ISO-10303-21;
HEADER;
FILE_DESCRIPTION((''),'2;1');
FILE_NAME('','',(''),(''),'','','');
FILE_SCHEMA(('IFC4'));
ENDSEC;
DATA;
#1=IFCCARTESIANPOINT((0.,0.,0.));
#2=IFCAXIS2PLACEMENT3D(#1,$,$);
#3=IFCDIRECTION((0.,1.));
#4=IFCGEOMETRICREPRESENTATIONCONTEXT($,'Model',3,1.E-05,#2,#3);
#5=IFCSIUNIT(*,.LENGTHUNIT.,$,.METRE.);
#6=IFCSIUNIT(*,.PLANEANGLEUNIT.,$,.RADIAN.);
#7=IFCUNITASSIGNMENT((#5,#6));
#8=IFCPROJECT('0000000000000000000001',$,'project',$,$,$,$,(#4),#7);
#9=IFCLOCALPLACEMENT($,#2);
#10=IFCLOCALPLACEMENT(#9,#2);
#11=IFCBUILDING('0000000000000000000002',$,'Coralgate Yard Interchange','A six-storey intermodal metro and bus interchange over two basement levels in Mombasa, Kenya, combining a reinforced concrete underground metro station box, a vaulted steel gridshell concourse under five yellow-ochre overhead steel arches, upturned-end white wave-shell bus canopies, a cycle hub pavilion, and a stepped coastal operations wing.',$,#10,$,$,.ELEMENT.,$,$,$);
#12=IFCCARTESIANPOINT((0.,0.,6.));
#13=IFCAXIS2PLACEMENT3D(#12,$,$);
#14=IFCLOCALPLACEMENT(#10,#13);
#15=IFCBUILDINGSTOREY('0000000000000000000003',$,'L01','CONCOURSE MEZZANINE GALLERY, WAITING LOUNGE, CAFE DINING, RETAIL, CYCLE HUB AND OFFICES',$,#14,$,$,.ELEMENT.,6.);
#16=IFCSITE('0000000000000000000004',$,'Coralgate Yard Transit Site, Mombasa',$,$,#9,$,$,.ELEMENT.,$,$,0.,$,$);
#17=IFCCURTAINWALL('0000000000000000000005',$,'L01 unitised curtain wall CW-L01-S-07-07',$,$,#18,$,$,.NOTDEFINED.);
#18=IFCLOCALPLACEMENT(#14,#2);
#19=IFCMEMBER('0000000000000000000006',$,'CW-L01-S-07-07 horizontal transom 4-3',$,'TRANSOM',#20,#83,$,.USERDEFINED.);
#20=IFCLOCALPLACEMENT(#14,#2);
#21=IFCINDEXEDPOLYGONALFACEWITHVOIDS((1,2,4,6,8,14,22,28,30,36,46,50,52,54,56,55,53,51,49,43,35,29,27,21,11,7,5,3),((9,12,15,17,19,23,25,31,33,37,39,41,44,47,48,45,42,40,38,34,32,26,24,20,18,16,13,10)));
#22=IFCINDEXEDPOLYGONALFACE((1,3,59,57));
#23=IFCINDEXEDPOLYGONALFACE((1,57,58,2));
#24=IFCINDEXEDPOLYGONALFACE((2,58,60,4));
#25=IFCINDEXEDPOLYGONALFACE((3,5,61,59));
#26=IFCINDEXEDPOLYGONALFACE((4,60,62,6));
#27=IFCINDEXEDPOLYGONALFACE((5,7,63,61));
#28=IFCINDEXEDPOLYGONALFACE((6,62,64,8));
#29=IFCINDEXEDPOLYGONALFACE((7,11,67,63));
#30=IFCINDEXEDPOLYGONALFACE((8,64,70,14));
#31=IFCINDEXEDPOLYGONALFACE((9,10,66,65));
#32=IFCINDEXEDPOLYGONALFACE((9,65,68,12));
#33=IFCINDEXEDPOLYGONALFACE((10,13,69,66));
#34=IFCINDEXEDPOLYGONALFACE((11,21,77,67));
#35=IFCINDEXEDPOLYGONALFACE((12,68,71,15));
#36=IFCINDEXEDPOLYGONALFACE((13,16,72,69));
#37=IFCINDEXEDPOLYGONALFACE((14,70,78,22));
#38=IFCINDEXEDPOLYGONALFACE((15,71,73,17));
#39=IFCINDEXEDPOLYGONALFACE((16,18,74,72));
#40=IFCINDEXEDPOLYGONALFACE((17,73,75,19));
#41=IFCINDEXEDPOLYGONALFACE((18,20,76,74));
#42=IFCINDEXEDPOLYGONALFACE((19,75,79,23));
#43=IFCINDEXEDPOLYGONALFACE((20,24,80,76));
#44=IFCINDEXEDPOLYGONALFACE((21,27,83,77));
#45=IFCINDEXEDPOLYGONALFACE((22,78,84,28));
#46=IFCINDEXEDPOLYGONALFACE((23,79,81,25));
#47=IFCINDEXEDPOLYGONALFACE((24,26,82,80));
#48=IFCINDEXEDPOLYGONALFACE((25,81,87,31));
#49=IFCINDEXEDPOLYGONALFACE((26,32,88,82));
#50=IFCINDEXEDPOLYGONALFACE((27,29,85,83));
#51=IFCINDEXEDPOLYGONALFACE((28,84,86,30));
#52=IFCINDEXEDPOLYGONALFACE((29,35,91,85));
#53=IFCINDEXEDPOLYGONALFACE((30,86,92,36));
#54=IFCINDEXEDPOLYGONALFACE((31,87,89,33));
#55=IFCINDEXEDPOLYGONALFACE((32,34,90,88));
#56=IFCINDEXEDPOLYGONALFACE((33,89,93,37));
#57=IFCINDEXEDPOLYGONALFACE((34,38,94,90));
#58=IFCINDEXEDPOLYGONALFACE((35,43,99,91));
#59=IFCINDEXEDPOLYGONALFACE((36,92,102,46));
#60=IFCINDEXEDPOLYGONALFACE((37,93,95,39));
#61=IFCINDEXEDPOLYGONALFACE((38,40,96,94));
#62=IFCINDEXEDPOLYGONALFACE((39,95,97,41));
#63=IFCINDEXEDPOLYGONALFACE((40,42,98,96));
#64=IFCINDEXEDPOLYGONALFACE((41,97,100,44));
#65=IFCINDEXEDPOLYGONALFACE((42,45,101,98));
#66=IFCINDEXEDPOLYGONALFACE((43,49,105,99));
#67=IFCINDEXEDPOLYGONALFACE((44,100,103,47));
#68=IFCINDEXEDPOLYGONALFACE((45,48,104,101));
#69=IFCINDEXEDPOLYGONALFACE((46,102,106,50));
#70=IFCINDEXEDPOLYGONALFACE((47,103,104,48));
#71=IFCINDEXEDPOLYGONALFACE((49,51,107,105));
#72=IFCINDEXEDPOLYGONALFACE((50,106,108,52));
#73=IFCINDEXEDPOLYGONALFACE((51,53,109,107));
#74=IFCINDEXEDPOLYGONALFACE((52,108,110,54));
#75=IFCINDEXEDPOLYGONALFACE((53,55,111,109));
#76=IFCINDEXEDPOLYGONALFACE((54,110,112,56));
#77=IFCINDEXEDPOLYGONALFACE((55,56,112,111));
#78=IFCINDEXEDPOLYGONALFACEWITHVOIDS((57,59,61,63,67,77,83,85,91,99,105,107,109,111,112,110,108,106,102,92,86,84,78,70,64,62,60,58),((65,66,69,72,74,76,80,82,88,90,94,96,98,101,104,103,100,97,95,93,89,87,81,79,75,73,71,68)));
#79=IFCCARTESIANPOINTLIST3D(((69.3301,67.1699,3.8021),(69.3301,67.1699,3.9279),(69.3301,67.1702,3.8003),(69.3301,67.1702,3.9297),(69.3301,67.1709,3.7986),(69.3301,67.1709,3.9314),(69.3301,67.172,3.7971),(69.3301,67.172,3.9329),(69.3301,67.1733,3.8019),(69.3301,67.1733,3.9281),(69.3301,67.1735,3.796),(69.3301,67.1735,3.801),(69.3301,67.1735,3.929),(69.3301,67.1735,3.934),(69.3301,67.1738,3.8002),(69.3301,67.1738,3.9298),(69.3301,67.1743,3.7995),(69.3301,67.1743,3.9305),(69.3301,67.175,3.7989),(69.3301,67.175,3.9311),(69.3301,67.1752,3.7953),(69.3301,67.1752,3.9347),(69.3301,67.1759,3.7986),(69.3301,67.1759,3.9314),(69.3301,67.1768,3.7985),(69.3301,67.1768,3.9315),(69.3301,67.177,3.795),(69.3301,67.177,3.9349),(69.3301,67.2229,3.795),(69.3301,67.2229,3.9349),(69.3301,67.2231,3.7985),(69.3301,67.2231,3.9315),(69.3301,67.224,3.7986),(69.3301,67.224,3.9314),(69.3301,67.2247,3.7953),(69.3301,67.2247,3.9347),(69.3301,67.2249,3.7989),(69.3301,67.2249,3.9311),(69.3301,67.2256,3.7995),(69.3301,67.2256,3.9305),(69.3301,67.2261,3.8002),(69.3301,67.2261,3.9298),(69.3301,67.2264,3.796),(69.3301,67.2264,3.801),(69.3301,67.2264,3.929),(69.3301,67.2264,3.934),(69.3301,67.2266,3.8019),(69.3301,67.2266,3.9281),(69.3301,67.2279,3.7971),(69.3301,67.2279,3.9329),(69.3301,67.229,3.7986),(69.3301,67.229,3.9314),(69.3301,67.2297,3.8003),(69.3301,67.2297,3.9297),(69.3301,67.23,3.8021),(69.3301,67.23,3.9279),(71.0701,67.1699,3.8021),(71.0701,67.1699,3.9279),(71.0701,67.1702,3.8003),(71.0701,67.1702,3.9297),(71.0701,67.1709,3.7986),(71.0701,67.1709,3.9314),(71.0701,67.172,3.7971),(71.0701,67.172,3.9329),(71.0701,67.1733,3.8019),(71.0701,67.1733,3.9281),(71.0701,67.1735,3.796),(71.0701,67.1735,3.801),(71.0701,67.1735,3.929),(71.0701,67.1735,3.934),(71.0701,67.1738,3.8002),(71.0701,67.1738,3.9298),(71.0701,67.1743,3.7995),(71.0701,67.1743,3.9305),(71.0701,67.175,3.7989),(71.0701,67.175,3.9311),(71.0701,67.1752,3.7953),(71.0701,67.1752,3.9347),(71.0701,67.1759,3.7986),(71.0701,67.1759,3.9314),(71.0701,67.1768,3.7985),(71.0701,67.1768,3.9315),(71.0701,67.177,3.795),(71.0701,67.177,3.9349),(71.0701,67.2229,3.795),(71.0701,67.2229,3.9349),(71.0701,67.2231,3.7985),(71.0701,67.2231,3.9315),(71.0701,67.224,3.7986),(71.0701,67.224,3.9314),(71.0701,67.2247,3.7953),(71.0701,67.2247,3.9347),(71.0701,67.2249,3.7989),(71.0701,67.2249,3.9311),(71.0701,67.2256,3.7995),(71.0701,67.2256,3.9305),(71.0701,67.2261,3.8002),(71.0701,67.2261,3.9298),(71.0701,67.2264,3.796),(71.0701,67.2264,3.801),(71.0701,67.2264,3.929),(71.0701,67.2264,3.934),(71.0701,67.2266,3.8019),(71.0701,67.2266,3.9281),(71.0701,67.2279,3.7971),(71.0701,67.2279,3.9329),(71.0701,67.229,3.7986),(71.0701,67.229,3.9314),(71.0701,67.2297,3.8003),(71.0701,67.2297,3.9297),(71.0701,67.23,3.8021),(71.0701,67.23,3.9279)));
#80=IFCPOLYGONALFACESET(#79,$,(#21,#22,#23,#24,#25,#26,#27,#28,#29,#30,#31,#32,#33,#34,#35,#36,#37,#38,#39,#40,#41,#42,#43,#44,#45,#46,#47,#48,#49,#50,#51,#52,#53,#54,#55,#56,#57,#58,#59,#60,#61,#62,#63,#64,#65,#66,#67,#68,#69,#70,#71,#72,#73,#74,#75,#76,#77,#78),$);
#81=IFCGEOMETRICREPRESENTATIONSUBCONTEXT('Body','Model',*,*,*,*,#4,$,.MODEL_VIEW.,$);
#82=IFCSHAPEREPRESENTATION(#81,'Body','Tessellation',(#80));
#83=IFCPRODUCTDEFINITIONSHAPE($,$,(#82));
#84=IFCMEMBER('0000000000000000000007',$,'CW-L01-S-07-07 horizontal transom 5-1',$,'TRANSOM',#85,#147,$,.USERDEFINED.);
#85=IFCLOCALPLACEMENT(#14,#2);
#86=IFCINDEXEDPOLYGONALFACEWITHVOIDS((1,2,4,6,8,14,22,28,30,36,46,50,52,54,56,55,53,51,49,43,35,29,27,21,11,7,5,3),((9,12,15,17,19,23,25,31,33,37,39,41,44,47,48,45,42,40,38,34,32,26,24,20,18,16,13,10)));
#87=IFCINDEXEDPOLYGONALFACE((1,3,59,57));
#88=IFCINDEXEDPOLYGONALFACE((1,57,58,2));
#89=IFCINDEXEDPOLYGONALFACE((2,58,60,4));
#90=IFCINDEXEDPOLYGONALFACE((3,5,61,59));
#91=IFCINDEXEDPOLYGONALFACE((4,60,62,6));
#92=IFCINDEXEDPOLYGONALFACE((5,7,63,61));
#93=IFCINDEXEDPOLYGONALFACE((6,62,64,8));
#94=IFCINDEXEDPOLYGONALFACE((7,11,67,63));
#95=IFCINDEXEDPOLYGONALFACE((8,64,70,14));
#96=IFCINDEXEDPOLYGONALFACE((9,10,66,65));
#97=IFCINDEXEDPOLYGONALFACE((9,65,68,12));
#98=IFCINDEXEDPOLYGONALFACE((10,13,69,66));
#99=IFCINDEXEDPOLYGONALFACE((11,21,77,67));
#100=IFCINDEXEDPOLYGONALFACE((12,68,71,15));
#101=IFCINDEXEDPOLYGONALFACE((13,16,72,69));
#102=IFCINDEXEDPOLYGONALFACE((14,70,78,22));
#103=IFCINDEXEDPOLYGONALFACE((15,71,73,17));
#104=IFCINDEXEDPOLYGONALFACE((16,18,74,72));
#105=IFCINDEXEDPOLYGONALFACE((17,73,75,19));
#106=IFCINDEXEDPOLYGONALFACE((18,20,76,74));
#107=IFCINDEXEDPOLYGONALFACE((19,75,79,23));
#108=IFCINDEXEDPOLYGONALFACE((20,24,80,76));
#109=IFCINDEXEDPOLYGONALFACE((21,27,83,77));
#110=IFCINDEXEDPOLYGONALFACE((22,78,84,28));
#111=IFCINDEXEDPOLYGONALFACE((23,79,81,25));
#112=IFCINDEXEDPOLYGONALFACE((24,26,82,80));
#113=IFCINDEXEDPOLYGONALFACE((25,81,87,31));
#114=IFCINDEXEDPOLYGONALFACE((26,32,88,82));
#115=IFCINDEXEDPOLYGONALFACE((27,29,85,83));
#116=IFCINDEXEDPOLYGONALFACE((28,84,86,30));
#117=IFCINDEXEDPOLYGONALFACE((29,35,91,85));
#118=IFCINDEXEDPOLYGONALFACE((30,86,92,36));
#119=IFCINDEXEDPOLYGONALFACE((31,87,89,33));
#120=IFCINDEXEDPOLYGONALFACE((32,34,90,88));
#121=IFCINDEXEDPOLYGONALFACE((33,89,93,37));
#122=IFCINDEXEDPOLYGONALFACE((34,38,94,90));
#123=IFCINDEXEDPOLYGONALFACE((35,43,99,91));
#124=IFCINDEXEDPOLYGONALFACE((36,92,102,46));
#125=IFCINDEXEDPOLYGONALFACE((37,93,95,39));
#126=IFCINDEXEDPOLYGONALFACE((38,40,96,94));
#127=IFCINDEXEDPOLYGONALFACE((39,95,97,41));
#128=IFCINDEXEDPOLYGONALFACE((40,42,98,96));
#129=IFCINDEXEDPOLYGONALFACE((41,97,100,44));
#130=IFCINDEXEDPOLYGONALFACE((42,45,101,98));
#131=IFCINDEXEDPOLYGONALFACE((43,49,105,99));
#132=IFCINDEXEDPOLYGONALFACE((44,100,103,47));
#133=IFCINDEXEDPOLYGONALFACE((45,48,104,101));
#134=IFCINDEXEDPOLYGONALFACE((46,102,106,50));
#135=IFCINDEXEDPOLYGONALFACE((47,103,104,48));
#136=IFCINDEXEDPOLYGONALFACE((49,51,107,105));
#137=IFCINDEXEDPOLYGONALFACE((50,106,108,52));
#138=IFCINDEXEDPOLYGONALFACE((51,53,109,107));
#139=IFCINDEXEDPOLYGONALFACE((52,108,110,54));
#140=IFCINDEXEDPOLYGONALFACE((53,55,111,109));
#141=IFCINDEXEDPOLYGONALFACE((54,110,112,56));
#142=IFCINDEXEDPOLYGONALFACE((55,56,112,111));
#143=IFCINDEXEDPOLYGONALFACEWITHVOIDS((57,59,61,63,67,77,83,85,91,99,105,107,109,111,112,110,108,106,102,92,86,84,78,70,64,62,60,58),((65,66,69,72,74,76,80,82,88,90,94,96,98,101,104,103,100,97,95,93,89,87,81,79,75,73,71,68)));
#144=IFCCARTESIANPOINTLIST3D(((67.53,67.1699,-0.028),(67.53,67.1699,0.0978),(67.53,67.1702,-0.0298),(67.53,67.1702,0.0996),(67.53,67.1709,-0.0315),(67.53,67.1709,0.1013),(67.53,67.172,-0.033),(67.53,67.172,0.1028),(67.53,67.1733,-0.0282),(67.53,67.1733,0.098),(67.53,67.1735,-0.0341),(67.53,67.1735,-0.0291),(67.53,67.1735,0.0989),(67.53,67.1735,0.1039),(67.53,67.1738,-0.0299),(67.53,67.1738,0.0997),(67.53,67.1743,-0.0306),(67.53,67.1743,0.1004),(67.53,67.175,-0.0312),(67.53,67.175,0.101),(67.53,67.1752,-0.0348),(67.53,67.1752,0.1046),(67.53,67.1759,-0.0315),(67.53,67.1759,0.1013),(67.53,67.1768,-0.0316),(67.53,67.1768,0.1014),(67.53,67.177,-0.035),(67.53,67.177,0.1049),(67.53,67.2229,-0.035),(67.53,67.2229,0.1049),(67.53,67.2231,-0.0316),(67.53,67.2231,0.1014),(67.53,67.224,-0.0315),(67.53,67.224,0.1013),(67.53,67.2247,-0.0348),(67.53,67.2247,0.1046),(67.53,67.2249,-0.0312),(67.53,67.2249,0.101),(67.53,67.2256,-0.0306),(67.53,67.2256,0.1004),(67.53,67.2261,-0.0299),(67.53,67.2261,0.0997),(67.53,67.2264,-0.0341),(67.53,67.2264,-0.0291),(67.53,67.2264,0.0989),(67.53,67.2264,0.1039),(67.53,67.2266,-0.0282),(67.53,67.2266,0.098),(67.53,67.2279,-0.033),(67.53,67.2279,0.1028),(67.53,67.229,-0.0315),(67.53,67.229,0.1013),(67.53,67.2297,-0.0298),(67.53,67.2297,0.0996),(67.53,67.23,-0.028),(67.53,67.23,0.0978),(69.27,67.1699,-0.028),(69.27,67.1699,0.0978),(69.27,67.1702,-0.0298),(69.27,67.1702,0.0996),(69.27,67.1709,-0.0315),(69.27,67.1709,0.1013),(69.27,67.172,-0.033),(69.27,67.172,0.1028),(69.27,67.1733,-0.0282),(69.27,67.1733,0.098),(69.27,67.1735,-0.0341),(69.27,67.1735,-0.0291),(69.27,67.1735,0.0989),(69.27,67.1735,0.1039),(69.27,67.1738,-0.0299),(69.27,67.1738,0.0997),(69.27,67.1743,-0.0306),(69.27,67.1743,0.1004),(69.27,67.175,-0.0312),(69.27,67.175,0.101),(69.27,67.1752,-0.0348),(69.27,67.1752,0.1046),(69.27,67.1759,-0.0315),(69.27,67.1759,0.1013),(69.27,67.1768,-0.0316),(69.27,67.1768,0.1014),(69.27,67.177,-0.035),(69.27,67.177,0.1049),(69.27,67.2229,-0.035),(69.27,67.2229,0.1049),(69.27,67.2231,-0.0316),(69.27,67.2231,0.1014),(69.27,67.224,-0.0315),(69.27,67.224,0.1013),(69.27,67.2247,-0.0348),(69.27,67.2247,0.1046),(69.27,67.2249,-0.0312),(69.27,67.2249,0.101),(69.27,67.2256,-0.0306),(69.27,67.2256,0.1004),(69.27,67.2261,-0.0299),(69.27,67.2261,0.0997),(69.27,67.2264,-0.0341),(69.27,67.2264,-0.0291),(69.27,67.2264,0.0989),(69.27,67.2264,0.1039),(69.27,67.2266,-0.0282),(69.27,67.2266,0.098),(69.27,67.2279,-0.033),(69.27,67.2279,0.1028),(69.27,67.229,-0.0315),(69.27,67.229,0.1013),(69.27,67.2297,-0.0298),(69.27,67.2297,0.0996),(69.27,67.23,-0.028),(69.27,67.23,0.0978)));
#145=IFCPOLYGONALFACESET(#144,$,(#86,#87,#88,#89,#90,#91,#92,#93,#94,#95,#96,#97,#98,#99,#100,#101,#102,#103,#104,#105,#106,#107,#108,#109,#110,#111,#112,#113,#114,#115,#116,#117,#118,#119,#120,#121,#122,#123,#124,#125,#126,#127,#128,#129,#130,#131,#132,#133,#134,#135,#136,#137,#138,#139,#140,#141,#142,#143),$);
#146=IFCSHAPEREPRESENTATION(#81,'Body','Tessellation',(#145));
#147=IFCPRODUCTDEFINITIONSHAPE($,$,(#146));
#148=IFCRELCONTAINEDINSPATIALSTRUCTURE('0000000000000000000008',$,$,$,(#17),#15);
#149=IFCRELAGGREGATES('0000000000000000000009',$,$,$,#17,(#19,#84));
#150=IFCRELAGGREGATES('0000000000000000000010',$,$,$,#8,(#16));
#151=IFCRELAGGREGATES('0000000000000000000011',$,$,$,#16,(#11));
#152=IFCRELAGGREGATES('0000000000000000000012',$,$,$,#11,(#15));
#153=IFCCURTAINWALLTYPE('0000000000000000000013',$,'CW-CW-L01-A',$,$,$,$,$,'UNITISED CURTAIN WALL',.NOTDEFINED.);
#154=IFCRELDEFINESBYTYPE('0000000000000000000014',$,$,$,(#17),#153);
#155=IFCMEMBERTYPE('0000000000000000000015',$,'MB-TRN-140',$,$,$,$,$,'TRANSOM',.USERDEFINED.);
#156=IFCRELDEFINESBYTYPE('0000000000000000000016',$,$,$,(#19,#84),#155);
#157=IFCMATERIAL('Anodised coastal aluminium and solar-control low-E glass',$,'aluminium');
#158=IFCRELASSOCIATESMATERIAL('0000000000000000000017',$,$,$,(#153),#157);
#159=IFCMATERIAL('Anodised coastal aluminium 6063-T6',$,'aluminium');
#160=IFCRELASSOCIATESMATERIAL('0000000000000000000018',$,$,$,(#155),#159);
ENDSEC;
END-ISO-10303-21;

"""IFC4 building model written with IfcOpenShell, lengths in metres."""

from ifc_helpers import new_model, si_unit, direction, frame, origin, origin_2d, place, context, subcontext, project, spatial, hollow_rectangle, extrude, material, material_profile, profile_set, type_object, element, aggregate, save


model = new_model("IFC4")

# Units and contexts
model_context = context("Model", 3, precision=1e-05, world=origin(), true_north=direction((0.0, 1.0)))
body_context = subcontext(model_context, "Body", "Model", "MODEL_VIEW")
ifc_project = project(units=[si_unit("LENGTHUNIT", "METRE"), si_unit("PLANEANGLEUNIT", "RADIAN")], contexts=[model_context])

# Site, building, storey
site_placement = place(None, origin())
site = spatial("IfcSite", under=ifc_project, at=site_placement, Name="Coralgate Yard Transit Site, Mombasa", CompositionType="ELEMENT", RefElevation=0.0)
building_placement = place(site_placement, origin())
building = spatial("IfcBuilding", under=site, at=building_placement, Name="Coralgate Yard Interchange", Description="A six-storey intermodal metro and bus interchange over two basement levels in Mombasa, Kenya, combining a reinforced concrete underground metro station box, a vaulted steel gridshell concourse under five yellow-ochre overhead steel arches, upturned-end white wave-shell bus canopies, a cycle hub pavilion, and a stepped coastal operations wing.", CompositionType="ELEMENT")
storey_placement = place(building_placement, frame((0.0, 0.0, 6.0)))
storey = spatial("IfcBuildingStorey", under=building, at=storey_placement, Name="L01", Description="CONCOURSE MEZZANINE GALLERY, WAITING LOUNGE, CAFE DINING, RETAIL, CYCLE HUB AND OFFICES", CompositionType="ELEMENT", Elevation=6.0)

# Shared definitions
ifc_material_1 = material(Name="Anodised coastal aluminium and solar-control low-E glass", Category="aluminium")
curtain_wall_type = type_object("IfcCurtainWallType", Name="CW-CW-L01-A", ElementType="UNITISED CURTAIN WALL", PredefinedType="NOTDEFINED", material=ifc_material_1)
ifc_material_2 = material(Name="Anodised coastal aluminium 6063-T6", Category="aluminium")

# Curtain wall
curtain_wall_1_placement = place(storey_placement, origin())
curtain_wall_1 = element("IfcCurtainWall", 1, at=curtain_wall_1_placement, inside=storey, type_object=curtain_wall_type, Name="L01 unitised curtain wall CW-L01-S-07-07", PredefinedType="NOTDEFINED")

# Members
ifc_material_profile_1 = material_profile(ifc_material_2, hollow_rectangle(XDim=0.0601, YDim=0.1399, WallThickness=0.0034, InnerFilletRadius=0.0034, OuterFilletRadius=0.0071, at=origin_2d()), Name="ALU 60x140x3.5")
ifc_profile_set_1 = profile_set([ifc_material_profile_1], Name="Anodised coastal aluminium 6063-T6")
member_type_1 = type_object("IfcMemberType", Name="MB-TRN-140", ElementType="TRANSOM", PredefinedType="USERDEFINED", material=ifc_profile_set_1)
member_1_placement = place(storey_placement, frame((71.0701, 67.2, 3.865), z_axis=(-1.0, 0.0, 0.0), x_axis=(0.0, -1.0, 0.0)))
member_1 = element("IfcMember", 2, at=member_1_placement, type_object=member_type_1, Name="CW-L01-S-07-07 horizontal transom 4-3", ObjectType="TRANSOM", PredefinedType="USERDEFINED", context=body_context, shape_type="SweptSolid", body=[
    extrude(hollow_rectangle(XDim=0.0601, YDim=0.1399, WallThickness=0.0034, InnerFilletRadius=0.0034, OuterFilletRadius=0.0071, at=origin_2d()), origin(), (0.0, 0.0, 1.0), 1.74),
])
member_2_placement = place(storey_placement, frame((69.27, 67.2, 0.0349), z_axis=(-1.0, 0.0, 0.0), x_axis=(0.0, -1.0, 0.0)))
member_2 = element("IfcMember", 3, at=member_2_placement, type_object=member_type_1, Name="CW-L01-S-07-07 horizontal transom 5-1", ObjectType="TRANSOM", PredefinedType="USERDEFINED", context=body_context, shape_type="SweptSolid", body=[
    extrude(hollow_rectangle(XDim=0.0601, YDim=0.1399, WallThickness=0.0034, InnerFilletRadius=0.0034, OuterFilletRadius=0.0071, at=origin_2d()), origin(), (0.0, 0.0, 1.0), 1.74),
])

aggregate(curtain_wall_1, [member_1, member_2])

save(model, "model.ifc")
